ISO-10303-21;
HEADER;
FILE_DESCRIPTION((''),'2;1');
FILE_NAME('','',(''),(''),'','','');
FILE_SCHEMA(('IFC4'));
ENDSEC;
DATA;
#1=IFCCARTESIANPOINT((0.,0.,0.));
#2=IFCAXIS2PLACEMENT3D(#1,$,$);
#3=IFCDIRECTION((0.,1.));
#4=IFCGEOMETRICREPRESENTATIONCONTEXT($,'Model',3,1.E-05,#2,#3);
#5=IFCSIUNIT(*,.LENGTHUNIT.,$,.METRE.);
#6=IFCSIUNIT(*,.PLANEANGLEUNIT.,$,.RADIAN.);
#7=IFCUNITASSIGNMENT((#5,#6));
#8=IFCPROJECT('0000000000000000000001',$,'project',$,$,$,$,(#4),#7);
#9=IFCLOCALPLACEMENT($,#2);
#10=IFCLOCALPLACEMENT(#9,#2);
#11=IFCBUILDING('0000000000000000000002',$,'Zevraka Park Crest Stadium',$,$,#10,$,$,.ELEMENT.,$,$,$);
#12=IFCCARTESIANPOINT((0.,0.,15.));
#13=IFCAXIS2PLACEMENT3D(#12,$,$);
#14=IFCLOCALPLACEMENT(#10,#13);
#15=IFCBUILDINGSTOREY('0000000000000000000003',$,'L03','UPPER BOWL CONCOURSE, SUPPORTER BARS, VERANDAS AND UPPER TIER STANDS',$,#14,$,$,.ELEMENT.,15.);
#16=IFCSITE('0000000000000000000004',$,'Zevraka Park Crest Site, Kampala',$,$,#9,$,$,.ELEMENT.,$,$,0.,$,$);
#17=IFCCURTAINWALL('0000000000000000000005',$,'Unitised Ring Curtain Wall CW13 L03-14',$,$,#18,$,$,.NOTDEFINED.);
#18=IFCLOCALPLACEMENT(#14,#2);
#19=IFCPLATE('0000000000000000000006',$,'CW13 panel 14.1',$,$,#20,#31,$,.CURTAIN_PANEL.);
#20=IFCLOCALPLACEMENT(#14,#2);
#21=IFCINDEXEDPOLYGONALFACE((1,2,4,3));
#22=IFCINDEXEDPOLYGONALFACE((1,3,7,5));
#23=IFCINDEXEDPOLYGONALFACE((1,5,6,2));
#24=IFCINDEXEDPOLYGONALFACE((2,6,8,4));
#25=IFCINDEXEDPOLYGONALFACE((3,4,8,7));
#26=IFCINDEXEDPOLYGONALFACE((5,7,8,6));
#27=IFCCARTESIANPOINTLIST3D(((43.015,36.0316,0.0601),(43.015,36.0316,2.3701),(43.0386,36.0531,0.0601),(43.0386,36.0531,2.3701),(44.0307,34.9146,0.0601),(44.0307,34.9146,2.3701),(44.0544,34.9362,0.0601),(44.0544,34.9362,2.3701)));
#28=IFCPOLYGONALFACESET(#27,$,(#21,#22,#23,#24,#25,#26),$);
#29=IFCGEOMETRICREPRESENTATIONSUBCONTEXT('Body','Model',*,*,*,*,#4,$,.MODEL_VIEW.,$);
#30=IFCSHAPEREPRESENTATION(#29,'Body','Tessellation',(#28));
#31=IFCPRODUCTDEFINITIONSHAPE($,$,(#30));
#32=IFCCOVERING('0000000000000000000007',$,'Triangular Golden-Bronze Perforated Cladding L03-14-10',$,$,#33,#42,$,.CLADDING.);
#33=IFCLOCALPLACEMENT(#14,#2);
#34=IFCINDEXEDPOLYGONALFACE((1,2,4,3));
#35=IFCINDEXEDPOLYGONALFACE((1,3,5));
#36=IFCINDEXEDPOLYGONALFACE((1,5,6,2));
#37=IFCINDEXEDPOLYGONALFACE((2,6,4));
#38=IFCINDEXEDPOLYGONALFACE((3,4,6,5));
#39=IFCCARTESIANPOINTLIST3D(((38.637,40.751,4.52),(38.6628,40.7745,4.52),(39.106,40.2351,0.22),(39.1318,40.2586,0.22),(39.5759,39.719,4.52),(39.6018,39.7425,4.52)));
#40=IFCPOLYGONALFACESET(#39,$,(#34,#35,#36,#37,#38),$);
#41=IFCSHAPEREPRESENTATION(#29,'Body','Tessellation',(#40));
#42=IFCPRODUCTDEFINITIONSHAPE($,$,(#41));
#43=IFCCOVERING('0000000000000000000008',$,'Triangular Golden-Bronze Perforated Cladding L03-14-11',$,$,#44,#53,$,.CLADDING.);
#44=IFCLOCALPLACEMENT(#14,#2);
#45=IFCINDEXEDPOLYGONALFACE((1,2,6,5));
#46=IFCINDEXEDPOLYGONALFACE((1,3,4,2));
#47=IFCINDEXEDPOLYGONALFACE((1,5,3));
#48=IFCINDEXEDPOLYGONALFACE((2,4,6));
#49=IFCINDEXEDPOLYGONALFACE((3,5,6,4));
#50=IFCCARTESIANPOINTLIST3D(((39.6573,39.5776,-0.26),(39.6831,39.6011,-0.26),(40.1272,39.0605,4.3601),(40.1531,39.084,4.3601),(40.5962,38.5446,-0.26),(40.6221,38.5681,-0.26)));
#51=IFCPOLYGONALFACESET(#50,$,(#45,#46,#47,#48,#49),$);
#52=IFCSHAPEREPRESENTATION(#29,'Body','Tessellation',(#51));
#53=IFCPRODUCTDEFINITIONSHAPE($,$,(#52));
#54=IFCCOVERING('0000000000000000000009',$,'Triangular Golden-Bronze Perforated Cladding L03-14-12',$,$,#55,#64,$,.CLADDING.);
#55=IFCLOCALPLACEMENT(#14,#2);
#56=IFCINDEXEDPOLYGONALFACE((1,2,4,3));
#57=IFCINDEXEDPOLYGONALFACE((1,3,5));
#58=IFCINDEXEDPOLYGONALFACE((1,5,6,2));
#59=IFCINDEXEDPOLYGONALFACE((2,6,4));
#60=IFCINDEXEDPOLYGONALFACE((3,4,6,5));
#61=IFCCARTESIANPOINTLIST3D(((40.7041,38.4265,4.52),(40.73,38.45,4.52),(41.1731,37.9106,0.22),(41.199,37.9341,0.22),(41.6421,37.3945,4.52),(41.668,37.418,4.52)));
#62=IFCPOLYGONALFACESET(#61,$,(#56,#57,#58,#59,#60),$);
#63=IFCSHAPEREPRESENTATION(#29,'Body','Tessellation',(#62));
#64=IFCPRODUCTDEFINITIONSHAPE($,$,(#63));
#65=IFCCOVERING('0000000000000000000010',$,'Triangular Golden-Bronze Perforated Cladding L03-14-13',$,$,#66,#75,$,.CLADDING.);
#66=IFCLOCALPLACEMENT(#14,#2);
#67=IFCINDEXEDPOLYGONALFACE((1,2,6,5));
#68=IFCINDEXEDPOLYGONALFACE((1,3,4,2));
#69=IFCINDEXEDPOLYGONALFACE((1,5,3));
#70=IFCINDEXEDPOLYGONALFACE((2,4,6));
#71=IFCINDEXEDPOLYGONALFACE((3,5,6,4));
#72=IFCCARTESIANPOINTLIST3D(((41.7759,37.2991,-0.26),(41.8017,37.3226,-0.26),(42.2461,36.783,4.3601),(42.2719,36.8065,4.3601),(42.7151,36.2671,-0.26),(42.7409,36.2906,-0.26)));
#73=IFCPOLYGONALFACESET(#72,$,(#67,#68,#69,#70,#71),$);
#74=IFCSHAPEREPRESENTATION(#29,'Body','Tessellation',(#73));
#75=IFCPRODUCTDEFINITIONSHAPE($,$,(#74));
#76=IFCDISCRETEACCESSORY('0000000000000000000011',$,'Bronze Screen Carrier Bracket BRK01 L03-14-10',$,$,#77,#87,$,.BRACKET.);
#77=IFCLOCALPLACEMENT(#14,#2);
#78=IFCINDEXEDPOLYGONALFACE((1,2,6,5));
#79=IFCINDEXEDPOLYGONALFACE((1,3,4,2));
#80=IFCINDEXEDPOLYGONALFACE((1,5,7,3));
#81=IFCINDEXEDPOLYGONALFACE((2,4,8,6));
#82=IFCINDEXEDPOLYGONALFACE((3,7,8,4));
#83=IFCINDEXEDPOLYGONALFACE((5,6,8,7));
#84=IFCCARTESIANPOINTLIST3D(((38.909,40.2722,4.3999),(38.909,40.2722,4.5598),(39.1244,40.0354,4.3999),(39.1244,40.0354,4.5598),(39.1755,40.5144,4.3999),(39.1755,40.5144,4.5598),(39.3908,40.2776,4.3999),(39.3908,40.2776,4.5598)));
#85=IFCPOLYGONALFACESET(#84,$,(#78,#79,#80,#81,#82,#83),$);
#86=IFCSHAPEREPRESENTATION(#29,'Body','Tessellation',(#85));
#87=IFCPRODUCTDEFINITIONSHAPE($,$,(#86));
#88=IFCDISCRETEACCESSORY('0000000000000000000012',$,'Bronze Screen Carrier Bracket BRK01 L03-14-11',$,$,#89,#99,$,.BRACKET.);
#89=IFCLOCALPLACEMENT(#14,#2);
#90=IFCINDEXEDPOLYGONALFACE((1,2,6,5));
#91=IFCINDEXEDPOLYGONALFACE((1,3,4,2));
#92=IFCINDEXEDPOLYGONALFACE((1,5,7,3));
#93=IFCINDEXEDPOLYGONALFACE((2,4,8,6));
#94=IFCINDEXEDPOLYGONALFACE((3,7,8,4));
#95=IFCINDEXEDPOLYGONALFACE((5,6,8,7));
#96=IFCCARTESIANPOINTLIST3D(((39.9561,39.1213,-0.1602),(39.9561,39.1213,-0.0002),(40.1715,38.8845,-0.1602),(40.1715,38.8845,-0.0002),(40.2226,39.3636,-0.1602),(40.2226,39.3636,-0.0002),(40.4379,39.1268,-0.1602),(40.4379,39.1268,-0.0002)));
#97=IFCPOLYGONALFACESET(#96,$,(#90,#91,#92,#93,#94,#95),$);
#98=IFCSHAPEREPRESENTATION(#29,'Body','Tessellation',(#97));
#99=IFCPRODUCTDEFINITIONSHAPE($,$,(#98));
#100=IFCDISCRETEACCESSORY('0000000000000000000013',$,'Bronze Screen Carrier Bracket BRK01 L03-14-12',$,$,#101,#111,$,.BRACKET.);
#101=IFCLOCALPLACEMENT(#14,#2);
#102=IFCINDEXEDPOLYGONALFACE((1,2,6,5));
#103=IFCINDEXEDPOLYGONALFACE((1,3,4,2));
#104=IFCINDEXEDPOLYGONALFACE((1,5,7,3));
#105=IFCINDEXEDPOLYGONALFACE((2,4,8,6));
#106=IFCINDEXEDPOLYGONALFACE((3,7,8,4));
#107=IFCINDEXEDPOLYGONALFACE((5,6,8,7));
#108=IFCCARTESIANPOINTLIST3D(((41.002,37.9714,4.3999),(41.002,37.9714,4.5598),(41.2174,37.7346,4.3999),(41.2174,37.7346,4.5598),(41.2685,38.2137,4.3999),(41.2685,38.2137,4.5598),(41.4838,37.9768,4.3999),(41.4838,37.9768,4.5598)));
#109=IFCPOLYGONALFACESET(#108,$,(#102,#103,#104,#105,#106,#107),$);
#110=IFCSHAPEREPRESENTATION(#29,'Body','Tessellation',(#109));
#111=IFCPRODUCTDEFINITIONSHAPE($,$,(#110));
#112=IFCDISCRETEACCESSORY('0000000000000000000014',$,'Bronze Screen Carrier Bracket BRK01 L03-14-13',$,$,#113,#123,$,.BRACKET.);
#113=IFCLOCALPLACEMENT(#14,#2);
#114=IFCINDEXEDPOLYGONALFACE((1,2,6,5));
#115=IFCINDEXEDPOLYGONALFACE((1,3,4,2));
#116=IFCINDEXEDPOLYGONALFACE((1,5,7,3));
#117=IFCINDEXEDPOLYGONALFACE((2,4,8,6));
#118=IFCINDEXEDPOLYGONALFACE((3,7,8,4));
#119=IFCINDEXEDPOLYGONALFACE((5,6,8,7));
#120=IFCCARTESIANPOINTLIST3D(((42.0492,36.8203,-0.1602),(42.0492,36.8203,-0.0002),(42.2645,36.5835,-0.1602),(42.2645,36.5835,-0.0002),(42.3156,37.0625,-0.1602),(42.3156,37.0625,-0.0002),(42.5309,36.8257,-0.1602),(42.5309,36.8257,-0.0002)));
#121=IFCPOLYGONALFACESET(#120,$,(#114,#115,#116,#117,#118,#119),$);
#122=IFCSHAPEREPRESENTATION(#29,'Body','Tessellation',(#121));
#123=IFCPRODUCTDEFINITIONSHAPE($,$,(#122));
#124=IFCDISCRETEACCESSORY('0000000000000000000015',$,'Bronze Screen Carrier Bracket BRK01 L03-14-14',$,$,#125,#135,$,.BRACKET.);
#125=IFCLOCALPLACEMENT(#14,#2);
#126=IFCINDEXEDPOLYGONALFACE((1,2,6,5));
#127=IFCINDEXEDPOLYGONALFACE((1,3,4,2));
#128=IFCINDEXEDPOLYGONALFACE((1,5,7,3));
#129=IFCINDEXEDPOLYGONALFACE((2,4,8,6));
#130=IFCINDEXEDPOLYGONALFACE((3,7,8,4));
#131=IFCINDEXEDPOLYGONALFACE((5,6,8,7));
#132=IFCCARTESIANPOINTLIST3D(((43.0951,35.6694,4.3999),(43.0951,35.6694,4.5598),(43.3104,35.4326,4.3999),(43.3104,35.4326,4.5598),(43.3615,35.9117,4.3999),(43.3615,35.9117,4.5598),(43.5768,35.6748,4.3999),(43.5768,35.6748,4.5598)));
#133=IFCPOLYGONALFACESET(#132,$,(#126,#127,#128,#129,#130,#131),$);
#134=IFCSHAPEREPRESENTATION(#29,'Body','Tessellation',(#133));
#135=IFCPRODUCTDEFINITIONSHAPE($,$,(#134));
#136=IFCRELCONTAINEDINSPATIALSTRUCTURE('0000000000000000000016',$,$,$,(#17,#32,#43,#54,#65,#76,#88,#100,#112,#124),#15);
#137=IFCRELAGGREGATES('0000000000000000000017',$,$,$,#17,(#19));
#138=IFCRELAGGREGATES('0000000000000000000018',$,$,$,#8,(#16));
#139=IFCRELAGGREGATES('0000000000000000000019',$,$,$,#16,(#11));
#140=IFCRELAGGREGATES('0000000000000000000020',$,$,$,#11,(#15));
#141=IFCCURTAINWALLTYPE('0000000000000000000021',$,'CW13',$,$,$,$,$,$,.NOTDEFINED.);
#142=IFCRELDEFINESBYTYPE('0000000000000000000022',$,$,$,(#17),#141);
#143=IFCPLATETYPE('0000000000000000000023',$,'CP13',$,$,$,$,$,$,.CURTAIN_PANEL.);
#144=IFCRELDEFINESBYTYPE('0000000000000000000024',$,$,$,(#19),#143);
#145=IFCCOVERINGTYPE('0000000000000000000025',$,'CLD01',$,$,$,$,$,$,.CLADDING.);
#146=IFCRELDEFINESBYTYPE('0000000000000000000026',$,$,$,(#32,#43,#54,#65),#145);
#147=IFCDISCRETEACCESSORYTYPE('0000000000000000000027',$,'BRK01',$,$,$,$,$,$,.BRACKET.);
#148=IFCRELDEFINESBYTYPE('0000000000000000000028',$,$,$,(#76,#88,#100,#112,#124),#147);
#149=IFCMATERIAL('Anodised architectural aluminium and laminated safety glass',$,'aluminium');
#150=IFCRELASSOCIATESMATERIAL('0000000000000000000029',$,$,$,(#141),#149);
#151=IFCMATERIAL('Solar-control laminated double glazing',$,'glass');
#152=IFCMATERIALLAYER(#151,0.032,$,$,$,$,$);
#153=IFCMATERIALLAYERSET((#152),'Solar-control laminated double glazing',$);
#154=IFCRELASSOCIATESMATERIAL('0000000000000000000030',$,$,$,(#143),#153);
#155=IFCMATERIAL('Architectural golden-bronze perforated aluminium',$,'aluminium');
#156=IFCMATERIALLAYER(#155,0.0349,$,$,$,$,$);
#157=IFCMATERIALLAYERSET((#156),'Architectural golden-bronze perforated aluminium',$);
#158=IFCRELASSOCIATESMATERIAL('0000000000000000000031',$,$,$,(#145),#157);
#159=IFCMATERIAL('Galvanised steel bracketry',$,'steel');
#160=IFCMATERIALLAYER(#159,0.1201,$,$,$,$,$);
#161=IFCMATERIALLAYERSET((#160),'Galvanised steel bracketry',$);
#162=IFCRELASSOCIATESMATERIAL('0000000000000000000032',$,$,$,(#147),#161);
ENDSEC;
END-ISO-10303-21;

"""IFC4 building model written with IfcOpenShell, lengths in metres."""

from ifc_helpers import new_model, si_unit, direction, frame, origin, origin_2d, place, context, subcontext, project, spatial, polyline, rectangle, outline, extrude, material, layer, layer_set, type_object, element, aggregate, save


model = new_model("IFC4")

# Units and contexts
model_context = context("Model", 3, precision=1e-05, world=origin(), true_north=direction((0.0, 1.0)))
body_context = subcontext(model_context, "Body", "Model", "MODEL_VIEW")
ifc_project = project(units=[si_unit("LENGTHUNIT", "METRE"), si_unit("PLANEANGLEUNIT", "RADIAN")], contexts=[model_context])

# Site, building, storey
site_placement = place(None, origin())
site = spatial("IfcSite", under=ifc_project, at=site_placement, Name="Zevraka Park Crest Site, Kampala", CompositionType="ELEMENT", RefElevation=0.0)
building_placement = place(site_placement, origin())
building = spatial("IfcBuilding", under=site, at=building_placement, Name="Zevraka Park Crest Stadium", CompositionType="ELEMENT")
storey_placement = place(building_placement, frame((0.0, 0.0, 15.0)))
storey = spatial("IfcBuildingStorey", under=building, at=storey_placement, Name="L03", Description="UPPER BOWL CONCOURSE, SUPPORTER BARS, VERANDAS AND UPPER TIER STANDS", CompositionType="ELEMENT", Elevation=15.0)

# Curtain wall, plate
ifc_material_1 = material(Name="Anodised architectural aluminium and laminated safety glass", Category="aluminium")
curtain_wall_type = type_object("IfcCurtainWallType", Name="CW13", PredefinedType="NOTDEFINED", material=ifc_material_1)
curtain_wall_placement = place(storey_placement, origin())
curtain_wall = element("IfcCurtainWall", 1, at=curtain_wall_placement, inside=storey, type_object=curtain_wall_type, Name="Unitised Ring Curtain Wall CW13 L03-14", PredefinedType="NOTDEFINED")
ifc_material_2 = material(Name="Solar-control laminated double glazing", Category="glass")
ifc_layer_1 = layer(ifc_material_2, 0.032)
ifc_layer_set_1 = layer_set([ifc_layer_1], Name="Solar-control laminated double glazing")
plate_type = type_object("IfcPlateType", Name="CP13", PredefinedType="CURTAIN_PANEL", material=ifc_layer_set_1)
plate_1_placement = place(storey_placement, frame((43.5347, 35.4839, 0.0601), z_axis=(0.0, 0.0, 1.0), x_axis=(0.672802, -0.739823, 0.0)))
plate_1 = element("IfcPlate", 2, at=plate_1_placement, type_object=plate_type, Name="CW13 panel 14.1", PredefinedType="CURTAIN_PANEL", context=body_context, shape_type="SweptSolid", body=[
    extrude(rectangle(XDim=1.5098, YDim=0.032, at=origin_2d()), origin(), (0.0, 0.0, 1.0), 2.3101),
])
aggregate(curtain_wall, [plate_1])

# Coverings
ifc_material_3 = material(Name="Architectural golden-bronze perforated aluminium", Category="aluminium")
ifc_layer_2 = layer(ifc_material_3, 0.0349)
ifc_layer_set_2 = layer_set([ifc_layer_2], Name="Architectural golden-bronze perforated aluminium")
covering_type = type_object("IfcCoveringType", Name="CLD01", PredefinedType="CLADDING", material=ifc_layer_set_2)
covering_1_placement = place(storey_placement, frame((39.5759, 39.719, 4.52), z_axis=(-0.739655, -0.672986, 0.000065), x_axis=(-0.672986, 0.739655, 0.0)))
element("IfcCovering", 3, at=covering_1_placement, inside=storey, type_object=covering_type, Name="Triangular Golden-Bronze Perforated Cladding L03-14-10", PredefinedType="CLADDING", context=body_context, shape_type="SweptSolid", body=[
    extrude(outline(polyline([(0.0, 0.0), (1.3952, 0.0), (0.698, 4.3), (0.0, 0.0)])), origin(), (0.0, 0.0, -1.0), 0.0349),
])
covering_2_placement = place(storey_placement, frame((39.6831, 39.6011, -0.26), z_axis=(0.739972, 0.672638, 0.000011), x_axis=(0.672638, -0.739972, 0.0)))
element("IfcCovering", 4, at=covering_2_placement, inside=storey, type_object=covering_type, Name="Triangular Golden-Bronze Perforated Cladding L03-14-11", PredefinedType="CLADDING", context=body_context, shape_type="SweptSolid", body=[
    extrude(outline(polyline([(0.0, 0.0), (1.3959, 0.0), (0.6988, -4.6201), (0.0, 0.0)])), origin(), (0.0, 0.0, -1.0), 0.0349),
])
covering_3_placement = place(storey_placement, frame((41.668, 37.418, 4.52), z_axis=(0.740003, 0.672603, 0.000019), x_axis=(-0.672603, 0.740003, 0.0)))
element("IfcCovering", 5, at=covering_3_placement, inside=storey, type_object=covering_type, Name="Triangular Golden-Bronze Perforated Cladding L03-14-12", PredefinedType="CLADDING", context=body_context, shape_type="SweptSolid", body=[
    extrude(outline(polyline([(0.0, 0.0), (1.3946, 0.0), (0.6974, -4.3), (0.0, 0.0)])), origin(), (0.0, 0.0, -1.0), 0.0349),
])
covering_4_placement = place(storey_placement, frame((41.7759, 37.2991, -0.26), z_axis=(-0.739568, -0.673082, 0.00008), x_axis=(0.673082, -0.739568, 0.0)))
element("IfcCovering", 6, at=covering_4_placement, inside=storey, type_object=covering_type, Name="Triangular Golden-Bronze Perforated Cladding L03-14-13", PredefinedType="CLADDING", context=body_context, shape_type="SweptSolid", body=[
    extrude(outline(polyline([(0.0, 0.0), (1.3954, 0.0), (0.6982, 4.6201), (0.0, 0.0)])), origin(), (0.0, 0.0, -1.0), 0.0349),
])

# Discrete accessories
ifc_material_4 = material(Name="Galvanised steel bracketry", Category="steel")
ifc_layer_3 = layer(ifc_material_4, 0.1201)
ifc_layer_set_3 = layer_set([ifc_layer_3], Name="Galvanised steel bracketry")
discrete_accessory_type = type_object("IfcDiscreteAccessoryType", Name="BRK01", PredefinedType="BRACKET", material=ifc_layer_set_3)
for number, where, z_axis, x_axis, name in (
    (7, (39.1499, 40.2749, 4.3999), (0.0, 0.0, 1.0), (0.672754, -0.739866, 0.0), "Bronze Screen Carrier Bracket BRK01 L03-14-10"),
    (8, (40.197, 39.124, -0.1602), (0.0, 0.0, 1.0), (0.672754, -0.739866, 0.0), "Bronze Screen Carrier Bracket BRK01 L03-14-11"),
    (9, (41.2429, 37.9741, 4.3999), (0.0, 0.0, 1.0), (0.672754, -0.739866, 0.0), "Bronze Screen Carrier Bracket BRK01 L03-14-12"),
    (10, (42.29, 36.823, -0.1602), (0.0, 0.0, 1.0), (0.672754, -0.739866, 0.0), "Bronze Screen Carrier Bracket BRK01 L03-14-13"),
    (11, (43.3359, 35.6721, 4.3999), (0.0, 0.0, 1.0), (0.672754, -0.739866, 0.0), "Bronze Screen Carrier Bracket BRK01 L03-14-14"),
):
    element("IfcDiscreteAccessory", number, at=place(storey_placement, frame(where, z_axis=z_axis, x_axis=x_axis)), inside=storey, type_object=discrete_accessory_type, Name=name, PredefinedType="BRACKET", context=body_context, shape_type="SweptSolid", body=[
        extrude(rectangle(XDim=0.3201, YDim=0.3601, at=origin_2d()), origin(), (0.0, 0.0, 1.0), 0.1599),
    ])

save(model, "model.ifc")
